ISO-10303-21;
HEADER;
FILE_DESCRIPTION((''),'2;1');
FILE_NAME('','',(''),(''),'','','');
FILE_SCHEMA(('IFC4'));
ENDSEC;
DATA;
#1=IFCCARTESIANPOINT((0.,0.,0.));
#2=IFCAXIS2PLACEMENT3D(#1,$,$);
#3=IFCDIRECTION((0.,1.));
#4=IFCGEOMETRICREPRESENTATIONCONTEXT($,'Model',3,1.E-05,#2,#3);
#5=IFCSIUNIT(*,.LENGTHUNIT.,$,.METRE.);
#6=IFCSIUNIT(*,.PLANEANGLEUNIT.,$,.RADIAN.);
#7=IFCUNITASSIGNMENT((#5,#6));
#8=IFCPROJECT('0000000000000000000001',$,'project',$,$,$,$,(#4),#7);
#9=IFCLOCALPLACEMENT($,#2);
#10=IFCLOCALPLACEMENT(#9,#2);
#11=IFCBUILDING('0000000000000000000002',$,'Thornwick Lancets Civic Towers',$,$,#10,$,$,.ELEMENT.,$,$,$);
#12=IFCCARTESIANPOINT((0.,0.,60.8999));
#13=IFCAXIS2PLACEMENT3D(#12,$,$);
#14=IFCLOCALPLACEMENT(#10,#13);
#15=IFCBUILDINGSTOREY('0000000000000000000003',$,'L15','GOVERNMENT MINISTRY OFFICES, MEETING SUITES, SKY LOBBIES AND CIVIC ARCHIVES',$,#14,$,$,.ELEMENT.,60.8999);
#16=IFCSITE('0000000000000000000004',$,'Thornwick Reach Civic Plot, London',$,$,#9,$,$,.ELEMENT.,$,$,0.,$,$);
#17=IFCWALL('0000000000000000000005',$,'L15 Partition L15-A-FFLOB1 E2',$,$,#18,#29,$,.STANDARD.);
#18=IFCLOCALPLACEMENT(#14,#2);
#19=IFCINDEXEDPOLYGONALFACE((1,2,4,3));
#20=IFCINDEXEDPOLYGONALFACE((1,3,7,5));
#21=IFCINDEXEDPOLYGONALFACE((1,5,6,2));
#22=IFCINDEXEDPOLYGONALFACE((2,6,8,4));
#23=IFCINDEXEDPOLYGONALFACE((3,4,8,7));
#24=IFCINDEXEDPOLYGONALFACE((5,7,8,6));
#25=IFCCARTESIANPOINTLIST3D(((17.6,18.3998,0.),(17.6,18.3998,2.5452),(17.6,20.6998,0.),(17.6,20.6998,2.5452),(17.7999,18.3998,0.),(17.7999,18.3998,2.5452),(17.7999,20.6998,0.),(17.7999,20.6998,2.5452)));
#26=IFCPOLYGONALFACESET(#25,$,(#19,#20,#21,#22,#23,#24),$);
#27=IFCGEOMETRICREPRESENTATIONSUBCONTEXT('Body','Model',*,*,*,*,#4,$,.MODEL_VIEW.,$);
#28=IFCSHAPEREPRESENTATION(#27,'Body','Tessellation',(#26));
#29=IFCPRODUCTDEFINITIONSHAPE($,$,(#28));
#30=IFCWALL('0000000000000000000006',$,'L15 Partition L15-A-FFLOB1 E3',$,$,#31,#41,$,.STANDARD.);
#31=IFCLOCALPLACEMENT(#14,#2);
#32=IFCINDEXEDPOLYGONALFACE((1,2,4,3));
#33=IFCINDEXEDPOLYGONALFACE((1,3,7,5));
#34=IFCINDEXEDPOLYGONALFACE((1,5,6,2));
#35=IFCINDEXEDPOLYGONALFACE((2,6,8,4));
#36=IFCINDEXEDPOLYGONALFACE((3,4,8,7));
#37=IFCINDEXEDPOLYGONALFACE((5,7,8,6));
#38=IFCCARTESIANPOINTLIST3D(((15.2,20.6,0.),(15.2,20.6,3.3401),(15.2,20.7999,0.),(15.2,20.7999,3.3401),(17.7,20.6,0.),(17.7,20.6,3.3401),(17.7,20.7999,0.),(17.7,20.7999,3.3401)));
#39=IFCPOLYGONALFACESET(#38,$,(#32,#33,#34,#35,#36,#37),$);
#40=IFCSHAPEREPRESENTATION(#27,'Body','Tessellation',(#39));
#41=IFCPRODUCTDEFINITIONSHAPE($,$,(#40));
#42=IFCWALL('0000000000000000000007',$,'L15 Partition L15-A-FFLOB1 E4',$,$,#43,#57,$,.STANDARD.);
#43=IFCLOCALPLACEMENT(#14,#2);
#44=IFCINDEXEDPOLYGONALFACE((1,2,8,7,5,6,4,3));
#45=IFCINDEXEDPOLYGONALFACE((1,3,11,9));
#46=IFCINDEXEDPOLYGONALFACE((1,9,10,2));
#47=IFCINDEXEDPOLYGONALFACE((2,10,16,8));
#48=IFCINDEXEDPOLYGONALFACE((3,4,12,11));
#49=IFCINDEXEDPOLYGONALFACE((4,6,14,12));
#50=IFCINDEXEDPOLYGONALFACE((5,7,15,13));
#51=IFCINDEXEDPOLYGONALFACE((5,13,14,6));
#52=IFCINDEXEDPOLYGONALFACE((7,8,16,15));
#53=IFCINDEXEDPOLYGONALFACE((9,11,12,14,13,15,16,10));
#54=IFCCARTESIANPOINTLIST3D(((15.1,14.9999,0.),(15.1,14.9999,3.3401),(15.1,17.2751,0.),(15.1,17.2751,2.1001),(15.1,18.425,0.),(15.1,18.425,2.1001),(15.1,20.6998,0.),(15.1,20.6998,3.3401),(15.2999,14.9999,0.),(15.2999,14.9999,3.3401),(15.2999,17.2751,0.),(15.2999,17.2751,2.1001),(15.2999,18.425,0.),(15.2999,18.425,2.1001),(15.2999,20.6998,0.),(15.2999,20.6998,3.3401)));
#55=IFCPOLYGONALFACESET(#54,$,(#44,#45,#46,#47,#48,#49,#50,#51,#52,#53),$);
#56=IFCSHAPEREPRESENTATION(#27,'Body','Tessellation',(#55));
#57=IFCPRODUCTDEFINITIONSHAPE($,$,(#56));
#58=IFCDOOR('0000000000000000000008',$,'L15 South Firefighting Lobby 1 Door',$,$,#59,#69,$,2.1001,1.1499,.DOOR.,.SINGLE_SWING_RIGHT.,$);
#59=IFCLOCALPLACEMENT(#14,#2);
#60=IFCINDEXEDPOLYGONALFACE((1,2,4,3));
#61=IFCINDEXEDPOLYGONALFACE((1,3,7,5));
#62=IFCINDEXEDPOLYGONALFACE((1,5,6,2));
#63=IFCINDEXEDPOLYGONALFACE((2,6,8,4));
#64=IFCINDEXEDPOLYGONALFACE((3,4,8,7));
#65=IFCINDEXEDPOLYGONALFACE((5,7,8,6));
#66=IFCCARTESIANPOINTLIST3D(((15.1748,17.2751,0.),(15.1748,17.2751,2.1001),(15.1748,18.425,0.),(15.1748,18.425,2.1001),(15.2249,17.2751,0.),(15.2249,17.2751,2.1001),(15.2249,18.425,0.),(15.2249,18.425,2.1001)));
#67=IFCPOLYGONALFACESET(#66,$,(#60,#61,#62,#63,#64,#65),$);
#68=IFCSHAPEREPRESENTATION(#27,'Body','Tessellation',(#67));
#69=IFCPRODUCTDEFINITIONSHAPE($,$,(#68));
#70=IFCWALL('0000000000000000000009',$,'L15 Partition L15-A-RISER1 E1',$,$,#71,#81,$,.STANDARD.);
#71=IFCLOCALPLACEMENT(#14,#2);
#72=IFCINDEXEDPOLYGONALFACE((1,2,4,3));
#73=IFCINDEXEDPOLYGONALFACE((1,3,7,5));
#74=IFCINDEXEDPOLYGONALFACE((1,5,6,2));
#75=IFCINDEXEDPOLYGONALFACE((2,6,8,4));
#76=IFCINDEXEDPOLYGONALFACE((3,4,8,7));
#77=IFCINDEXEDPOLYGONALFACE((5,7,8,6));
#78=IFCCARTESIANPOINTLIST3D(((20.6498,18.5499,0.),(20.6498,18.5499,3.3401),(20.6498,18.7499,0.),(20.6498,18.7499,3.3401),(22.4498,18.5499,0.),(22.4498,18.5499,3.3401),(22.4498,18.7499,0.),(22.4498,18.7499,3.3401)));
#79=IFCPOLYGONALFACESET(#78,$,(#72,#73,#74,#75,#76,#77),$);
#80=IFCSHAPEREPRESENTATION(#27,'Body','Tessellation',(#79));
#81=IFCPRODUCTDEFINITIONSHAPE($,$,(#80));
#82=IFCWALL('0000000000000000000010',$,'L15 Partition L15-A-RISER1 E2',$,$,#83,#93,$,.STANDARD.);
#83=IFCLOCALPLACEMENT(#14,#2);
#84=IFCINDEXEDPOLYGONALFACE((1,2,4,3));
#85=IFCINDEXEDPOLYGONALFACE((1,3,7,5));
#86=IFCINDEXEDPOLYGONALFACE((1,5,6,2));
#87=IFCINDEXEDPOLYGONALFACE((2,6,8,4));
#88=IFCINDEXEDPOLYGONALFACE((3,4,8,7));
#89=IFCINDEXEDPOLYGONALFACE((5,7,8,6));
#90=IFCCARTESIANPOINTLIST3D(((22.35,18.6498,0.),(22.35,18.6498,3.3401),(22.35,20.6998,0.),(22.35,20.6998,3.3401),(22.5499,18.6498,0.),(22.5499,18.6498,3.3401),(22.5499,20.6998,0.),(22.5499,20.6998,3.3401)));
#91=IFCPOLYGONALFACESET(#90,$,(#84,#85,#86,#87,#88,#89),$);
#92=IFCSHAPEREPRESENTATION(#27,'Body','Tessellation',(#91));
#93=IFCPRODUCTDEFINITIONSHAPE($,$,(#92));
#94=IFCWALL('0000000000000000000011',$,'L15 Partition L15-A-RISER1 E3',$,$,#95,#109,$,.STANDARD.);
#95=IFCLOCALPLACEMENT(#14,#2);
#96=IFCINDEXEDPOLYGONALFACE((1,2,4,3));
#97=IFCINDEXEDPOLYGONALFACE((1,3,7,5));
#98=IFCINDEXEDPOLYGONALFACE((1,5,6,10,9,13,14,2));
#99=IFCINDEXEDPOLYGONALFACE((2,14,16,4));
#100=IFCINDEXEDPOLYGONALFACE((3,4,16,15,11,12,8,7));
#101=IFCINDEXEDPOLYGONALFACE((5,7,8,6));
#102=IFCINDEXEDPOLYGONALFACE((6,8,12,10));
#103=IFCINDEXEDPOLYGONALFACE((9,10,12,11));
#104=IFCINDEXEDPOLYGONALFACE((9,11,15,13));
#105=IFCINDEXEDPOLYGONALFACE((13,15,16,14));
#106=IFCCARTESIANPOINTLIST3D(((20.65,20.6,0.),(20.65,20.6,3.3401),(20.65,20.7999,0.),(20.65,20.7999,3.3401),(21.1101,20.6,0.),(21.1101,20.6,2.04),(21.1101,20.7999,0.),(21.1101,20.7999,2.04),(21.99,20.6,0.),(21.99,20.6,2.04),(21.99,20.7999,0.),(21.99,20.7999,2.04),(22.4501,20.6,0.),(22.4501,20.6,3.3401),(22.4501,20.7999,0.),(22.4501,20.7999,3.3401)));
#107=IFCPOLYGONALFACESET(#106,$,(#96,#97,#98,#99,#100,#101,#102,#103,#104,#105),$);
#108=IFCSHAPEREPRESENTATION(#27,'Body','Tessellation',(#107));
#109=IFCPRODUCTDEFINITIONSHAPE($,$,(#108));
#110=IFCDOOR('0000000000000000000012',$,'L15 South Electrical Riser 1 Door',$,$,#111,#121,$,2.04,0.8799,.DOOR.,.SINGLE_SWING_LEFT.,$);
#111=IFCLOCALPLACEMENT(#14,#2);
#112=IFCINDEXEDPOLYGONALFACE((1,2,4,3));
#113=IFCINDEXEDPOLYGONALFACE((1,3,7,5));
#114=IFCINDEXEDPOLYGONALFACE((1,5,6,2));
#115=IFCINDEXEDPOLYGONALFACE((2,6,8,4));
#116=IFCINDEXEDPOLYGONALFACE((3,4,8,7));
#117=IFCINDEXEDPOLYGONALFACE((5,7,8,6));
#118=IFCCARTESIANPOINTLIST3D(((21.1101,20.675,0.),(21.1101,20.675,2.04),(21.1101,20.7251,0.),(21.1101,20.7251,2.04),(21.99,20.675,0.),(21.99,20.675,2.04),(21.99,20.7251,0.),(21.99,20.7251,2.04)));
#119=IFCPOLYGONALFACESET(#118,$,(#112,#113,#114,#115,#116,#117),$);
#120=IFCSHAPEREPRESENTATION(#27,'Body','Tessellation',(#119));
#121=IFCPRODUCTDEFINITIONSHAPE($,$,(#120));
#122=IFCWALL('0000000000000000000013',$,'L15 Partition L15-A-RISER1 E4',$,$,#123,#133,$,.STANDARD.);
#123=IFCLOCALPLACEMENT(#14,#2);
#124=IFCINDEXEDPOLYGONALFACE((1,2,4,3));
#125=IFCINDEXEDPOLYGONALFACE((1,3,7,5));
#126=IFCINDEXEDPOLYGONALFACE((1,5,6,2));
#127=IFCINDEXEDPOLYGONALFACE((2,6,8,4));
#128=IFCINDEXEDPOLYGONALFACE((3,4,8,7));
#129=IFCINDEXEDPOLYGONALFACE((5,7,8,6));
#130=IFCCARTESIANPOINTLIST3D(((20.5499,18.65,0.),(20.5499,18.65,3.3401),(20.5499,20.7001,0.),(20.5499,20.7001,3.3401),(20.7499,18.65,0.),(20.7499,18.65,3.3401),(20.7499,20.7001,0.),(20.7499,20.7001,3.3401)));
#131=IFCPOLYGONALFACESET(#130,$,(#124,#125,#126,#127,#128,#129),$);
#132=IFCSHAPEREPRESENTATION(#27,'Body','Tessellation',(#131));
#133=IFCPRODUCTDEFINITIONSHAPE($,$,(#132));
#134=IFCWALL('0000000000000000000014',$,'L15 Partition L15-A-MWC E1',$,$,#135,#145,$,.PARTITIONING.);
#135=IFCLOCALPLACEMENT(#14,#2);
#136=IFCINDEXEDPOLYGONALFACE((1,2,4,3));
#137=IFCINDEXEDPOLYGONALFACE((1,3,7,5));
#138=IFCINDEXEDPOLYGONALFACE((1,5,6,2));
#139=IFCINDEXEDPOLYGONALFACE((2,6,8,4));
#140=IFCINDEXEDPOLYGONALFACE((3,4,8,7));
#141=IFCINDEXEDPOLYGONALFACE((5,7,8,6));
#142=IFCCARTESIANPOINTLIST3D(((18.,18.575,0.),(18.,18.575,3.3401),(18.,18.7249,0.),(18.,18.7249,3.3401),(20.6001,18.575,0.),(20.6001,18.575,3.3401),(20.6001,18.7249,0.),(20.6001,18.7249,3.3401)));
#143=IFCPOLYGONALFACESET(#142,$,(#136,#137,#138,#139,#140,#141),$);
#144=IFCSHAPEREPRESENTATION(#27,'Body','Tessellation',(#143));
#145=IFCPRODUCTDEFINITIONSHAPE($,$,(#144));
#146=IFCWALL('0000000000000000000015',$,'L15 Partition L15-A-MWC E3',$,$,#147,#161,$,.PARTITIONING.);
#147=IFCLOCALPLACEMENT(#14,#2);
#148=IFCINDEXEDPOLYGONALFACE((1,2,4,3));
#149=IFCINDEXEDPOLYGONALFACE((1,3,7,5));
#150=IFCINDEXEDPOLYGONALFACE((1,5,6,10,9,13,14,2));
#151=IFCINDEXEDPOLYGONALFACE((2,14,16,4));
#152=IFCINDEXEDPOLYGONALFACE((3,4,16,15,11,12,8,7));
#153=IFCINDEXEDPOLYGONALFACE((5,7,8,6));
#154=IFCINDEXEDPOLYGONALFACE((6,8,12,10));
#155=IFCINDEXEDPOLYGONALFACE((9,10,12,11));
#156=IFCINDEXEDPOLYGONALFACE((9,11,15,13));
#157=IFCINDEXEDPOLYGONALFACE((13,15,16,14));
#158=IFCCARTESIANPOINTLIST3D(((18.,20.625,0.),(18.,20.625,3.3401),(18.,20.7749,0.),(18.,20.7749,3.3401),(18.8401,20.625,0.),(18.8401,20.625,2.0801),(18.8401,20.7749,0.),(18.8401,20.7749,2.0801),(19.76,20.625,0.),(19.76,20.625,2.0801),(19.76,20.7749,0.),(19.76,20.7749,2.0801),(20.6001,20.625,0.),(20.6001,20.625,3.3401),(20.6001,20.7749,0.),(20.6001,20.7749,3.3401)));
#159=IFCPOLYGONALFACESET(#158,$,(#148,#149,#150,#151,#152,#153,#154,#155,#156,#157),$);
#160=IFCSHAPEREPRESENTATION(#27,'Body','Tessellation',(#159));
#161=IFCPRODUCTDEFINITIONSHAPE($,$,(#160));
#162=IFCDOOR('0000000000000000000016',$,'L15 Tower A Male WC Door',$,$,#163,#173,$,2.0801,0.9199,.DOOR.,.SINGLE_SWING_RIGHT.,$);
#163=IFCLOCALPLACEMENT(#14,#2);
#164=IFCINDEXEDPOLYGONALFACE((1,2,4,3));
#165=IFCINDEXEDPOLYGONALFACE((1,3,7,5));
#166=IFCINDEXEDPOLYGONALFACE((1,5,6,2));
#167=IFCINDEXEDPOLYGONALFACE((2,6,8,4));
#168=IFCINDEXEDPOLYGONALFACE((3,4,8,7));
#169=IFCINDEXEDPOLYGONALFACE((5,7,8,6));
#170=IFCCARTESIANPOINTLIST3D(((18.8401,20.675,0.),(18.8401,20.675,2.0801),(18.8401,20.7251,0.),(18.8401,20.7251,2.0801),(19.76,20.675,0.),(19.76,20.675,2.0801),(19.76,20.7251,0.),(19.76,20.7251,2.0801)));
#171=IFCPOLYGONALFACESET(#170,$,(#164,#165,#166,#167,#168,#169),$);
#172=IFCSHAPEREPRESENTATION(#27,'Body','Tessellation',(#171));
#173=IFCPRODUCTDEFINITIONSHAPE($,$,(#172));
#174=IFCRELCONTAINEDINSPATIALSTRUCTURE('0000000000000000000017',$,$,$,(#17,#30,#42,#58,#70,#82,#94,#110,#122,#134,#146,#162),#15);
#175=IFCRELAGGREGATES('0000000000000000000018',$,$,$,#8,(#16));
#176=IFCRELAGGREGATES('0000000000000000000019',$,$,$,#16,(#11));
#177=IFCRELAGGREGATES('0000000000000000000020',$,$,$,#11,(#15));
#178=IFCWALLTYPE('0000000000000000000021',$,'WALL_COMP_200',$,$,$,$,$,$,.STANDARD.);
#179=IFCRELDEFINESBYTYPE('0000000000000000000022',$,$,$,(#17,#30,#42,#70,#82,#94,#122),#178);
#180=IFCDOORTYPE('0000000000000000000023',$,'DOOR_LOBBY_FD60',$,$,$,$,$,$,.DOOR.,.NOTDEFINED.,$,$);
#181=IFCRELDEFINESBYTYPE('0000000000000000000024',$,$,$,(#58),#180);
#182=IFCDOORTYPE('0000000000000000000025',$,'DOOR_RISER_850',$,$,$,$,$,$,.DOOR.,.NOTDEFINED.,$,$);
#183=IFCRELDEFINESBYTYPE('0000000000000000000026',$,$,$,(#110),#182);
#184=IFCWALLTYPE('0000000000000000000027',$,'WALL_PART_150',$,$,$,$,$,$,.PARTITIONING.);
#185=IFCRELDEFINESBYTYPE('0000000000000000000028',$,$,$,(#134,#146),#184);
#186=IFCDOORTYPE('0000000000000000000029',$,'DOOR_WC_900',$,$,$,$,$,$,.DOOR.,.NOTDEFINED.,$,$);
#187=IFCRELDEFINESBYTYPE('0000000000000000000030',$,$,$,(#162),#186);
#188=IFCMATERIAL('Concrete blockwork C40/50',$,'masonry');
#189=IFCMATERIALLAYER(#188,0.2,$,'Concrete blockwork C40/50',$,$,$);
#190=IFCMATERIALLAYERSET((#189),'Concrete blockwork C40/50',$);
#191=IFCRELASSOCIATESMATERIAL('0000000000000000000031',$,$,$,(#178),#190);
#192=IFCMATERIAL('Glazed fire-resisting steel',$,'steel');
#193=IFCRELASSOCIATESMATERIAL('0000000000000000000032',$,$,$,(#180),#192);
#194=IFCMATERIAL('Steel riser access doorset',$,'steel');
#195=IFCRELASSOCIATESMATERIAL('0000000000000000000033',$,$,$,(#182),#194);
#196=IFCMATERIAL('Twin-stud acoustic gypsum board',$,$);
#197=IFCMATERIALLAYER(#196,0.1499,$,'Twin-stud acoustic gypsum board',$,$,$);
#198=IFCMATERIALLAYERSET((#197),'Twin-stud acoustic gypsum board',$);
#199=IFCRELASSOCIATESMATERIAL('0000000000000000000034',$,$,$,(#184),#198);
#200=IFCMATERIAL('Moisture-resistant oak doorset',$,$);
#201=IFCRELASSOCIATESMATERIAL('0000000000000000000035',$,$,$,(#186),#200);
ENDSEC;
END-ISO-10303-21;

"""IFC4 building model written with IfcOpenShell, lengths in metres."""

from ifc_helpers import new_model, si_unit, direction, frame, frame_2d, origin, place, context, subcontext, project, spatial, rectangle, extrude, material, layer, layer_set, type_object, element, fill, save


model = new_model("IFC4")

# Units and contexts
model_context = context("Model", 3, precision=1e-05, world=origin(), true_north=direction((0.0, 1.0)))
body_context = subcontext(model_context, "Body", "Model", "MODEL_VIEW")
ifc_project = project(units=[si_unit("LENGTHUNIT", "METRE"), si_unit("PLANEANGLEUNIT", "RADIAN")], contexts=[model_context])

# Site, building, storey
site_placement = place(None, origin())
site = spatial("IfcSite", under=ifc_project, at=site_placement, Name="Thornwick Reach Civic Plot, London", CompositionType="ELEMENT", RefElevation=0.0)
building_placement = place(site_placement, origin())
building = spatial("IfcBuilding", under=site, at=building_placement, Name="Thornwick Lancets Civic Towers", CompositionType="ELEMENT")
storey_placement = place(building_placement, frame((0.0, 0.0, 60.8999)))
storey = spatial("IfcBuildingStorey", under=building, at=storey_placement, Name="L15", Description="GOVERNMENT MINISTRY OFFICES, MEETING SUITES, SKY LOBBIES AND CIVIC ARCHIVES", CompositionType="ELEMENT", Elevation=60.8999)

# Walls
ifc_material_1 = material(Name="Concrete blockwork C40/50", Category="masonry")
ifc_layer_1 = layer(ifc_material_1, 0.2, Name="Concrete blockwork C40/50")
ifc_layer_set_1 = layer_set([ifc_layer_1], Name="Concrete blockwork C40/50")
wall_type_1 = type_object("IfcWallType", Name="WALL_COMP_200", PredefinedType="STANDARD", material=ifc_layer_set_1)
wall_1_placement = place(storey_placement, frame((17.7, 18.3999, 0.0), z_axis=(0.0, 0.0, 1.0), x_axis=(0.0, 1.0, 0.0)))
element("IfcWall", 1, at=wall_1_placement, inside=storey, type_object=wall_type_1, Name="L15 Partition L15-A-FFLOB1 E2", PredefinedType="STANDARD", context=body_context, shape_type="SweptSolid", body=[
    extrude(rectangle(XDim=2.3, YDim=0.2, at=frame_2d((1.1499, 0.0))), origin(), (0.0, 0.0, 1.0), 2.5452),
])
wall_2_placement = place(storey_placement, frame((17.7, 20.7, 0.0), z_axis=(0.0, 0.0, 1.0), x_axis=(-1.0, 0.0, 0.0)))
element("IfcWall", 2, at=wall_2_placement, inside=storey, type_object=wall_type_1, Name="L15 Partition L15-A-FFLOB1 E3", PredefinedType="STANDARD", context=body_context, shape_type="SweptSolid", body=[
    extrude(rectangle(XDim=2.5, YDim=0.2, at=frame_2d((1.25, 0.0))), origin(), (0.0, 0.0, 1.0), 3.3401),
])

# Wall, opening, door
wall_3_placement = place(storey_placement, frame((15.2, 20.7, 0.0), z_axis=(0.0, 0.0, 1.0), x_axis=(0.0, -1.0, 0.0)))
wall_3 = element("IfcWall", 3, at=wall_3_placement, inside=storey, type_object=wall_type_1, Name="L15 Partition L15-A-FFLOB1 E4", PredefinedType="STANDARD", context=body_context, shape_type="SweptSolid", body=[
    extrude(rectangle(XDim=5.7, YDim=0.2, at=frame_2d((2.8501, 0.0))), origin(), (0.0, 0.0, 1.0), 3.3401),
])
opening_1_placement = place(wall_3_placement, frame((2.2749, 0.0, 0.0)))
opening_1 = element("IfcOpeningElement", 4, at=opening_1_placement, cuts=wall_3, PredefinedType="OPENING", context=body_context, shape_type="SweptSolid", body=[
    extrude(rectangle(XDim=1.1499, YDim=2.1001, at=frame_2d((0.575, 1.05))), frame((0.0, 0.1099, 0.0), z_axis=(0.0, -1.0, 0.0), x_axis=(1.0, 0.0, 0.0)), (0.0, 0.0, 1.0), 0.22),
])
ifc_material_2 = material(Name="Glazed fire-resisting steel", Category="steel")
door_type_1 = type_object("IfcDoorType", Name="DOOR_LOBBY_FD60", OperationType="NOTDEFINED", PredefinedType="DOOR", material=ifc_material_2)
door_1_placement = place(opening_1_placement, origin())
door_1 = element("IfcDoor", 5, at=door_1_placement, inside=storey, type_object=door_type_1, Name="L15 South Firefighting Lobby 1 Door", OperationType="SINGLE_SWING_RIGHT", OverallHeight=2.1001, OverallWidth=1.1499, PredefinedType="DOOR", context=body_context, shape_type="SweptSolid", body=[
    extrude(rectangle(XDim=1.1499, YDim=2.1001, at=frame_2d((0.575, 1.05))), frame((0.0, 0.0249, 0.0), z_axis=(0.0, -1.0, 0.0), x_axis=(1.0, 0.0, 0.0)), (0.0, 0.0, 1.0), 0.05),
])
fill(opening_1, door_1)

# Walls
wall_4_placement = place(storey_placement, frame((20.6499, 18.6499, 0.0), z_axis=(0.0, 0.0, 1.0), x_axis=(1.0, 0.0, 0.0)))
element("IfcWall", 6, at=wall_4_placement, inside=storey, type_object=wall_type_1, Name="L15 Partition L15-A-RISER1 E1", PredefinedType="STANDARD", context=body_context, shape_type="SweptSolid", body=[
    extrude(rectangle(XDim=1.8, YDim=0.2, at=frame_2d((0.8999, 0.0))), origin(), (0.0, 0.0, 1.0), 3.3401),
])
wall_5_placement = place(storey_placement, frame((22.45, 18.6499, 0.0), z_axis=(0.0, 0.0, 1.0), x_axis=(0.0, 1.0, 0.0)))
element("IfcWall", 7, at=wall_5_placement, inside=storey, type_object=wall_type_1, Name="L15 Partition L15-A-RISER1 E2", PredefinedType="STANDARD", context=body_context, shape_type="SweptSolid", body=[
    extrude(rectangle(XDim=2.05, YDim=0.2, at=frame_2d((1.0249, 0.0))), origin(), (0.0, 0.0, 1.0), 3.3401),
])

# Wall, opening, door
wall_6_placement = place(storey_placement, frame((22.45, 20.7, 0.0), z_axis=(0.0, 0.0, 1.0), x_axis=(-1.0, 0.0, 0.0)))
wall_6 = element("IfcWall", 8, at=wall_6_placement, inside=storey, type_object=wall_type_1, Name="L15 Partition L15-A-RISER1 E3", PredefinedType="STANDARD", context=body_context, shape_type="SweptSolid", body=[
    extrude(rectangle(XDim=1.8, YDim=0.2, at=frame_2d((0.8999, 0.0))), origin(), (0.0, 0.0, 1.0), 3.3401),
])
opening_2_placement = place(wall_6_placement, frame((0.46, 0.0, 0.0)))
opening_2 = element("IfcOpeningElement", 9, at=opening_2_placement, cuts=wall_6, PredefinedType="OPENING", context=body_context, shape_type="SweptSolid", body=[
    extrude(rectangle(XDim=0.8799, YDim=2.04, at=frame_2d((0.4399, 1.02))), frame((0.0, 0.1099, 0.0), z_axis=(0.0, -1.0, 0.0), x_axis=(1.0, 0.0, 0.0)), (0.0, 0.0, 1.0), 0.22),
])
ifc_material_3 = material(Name="Steel riser access doorset", Category="steel")
door_type_2 = type_object("IfcDoorType", Name="DOOR_RISER_850", OperationType="NOTDEFINED", PredefinedType="DOOR", material=ifc_material_3)
door_2_placement = place(opening_2_placement, origin())
door_2 = element("IfcDoor", 10, at=door_2_placement, inside=storey, type_object=door_type_2, Name="L15 South Electrical Riser 1 Door", OperationType="SINGLE_SWING_LEFT", OverallHeight=2.04, OverallWidth=0.8799, PredefinedType="DOOR", context=body_context, shape_type="SweptSolid", body=[
    extrude(rectangle(XDim=0.8799, YDim=2.04, at=frame_2d((0.4399, 1.02))), frame((0.0, 0.0249, 0.0), z_axis=(0.0, -1.0, 0.0), x_axis=(1.0, 0.0, 0.0)), (0.0, 0.0, 1.0), 0.05),
])
fill(opening_2, door_2)

# Walls
wall_7_placement = place(storey_placement, frame((20.6499, 20.7, 0.0), z_axis=(0.0, 0.0, 1.0), x_axis=(0.0, -1.0, 0.0)))
element("IfcWall", 11, at=wall_7_placement, inside=storey, type_object=wall_type_1, Name="L15 Partition L15-A-RISER1 E4", PredefinedType="STANDARD", context=body_context, shape_type="SweptSolid", body=[
    extrude(rectangle(XDim=2.05, YDim=0.2, at=frame_2d((1.0249, 0.0))), origin(), (0.0, 0.0, 1.0), 3.3401),
])
ifc_material_4 = material(Name="Twin-stud acoustic gypsum board")
ifc_layer_2 = layer(ifc_material_4, 0.1499, Name="Twin-stud acoustic gypsum board")
ifc_layer_set_2 = layer_set([ifc_layer_2], Name="Twin-stud acoustic gypsum board")
wall_type_2 = type_object("IfcWallType", Name="WALL_PART_150", PredefinedType="PARTITIONING", material=ifc_layer_set_2)
wall_8_placement = place(storey_placement, frame((18.0, 18.6499, 0.0), z_axis=(0.0, 0.0, 1.0), x_axis=(1.0, 0.0, 0.0)))
element("IfcWall", 12, at=wall_8_placement, inside=storey, type_object=wall_type_2, Name="L15 Partition L15-A-MWC E1", PredefinedType="PARTITIONING", context=body_context, shape_type="SweptSolid", body=[
    extrude(rectangle(XDim=2.6001, YDim=0.1499, at=frame_2d((1.3, 0.0))), origin(), (0.0, 0.0, 1.0), 3.3401),
])

# Wall, opening, door
wall_9_placement = place(storey_placement, frame((20.6001, 20.7, 0.0), z_axis=(0.0, 0.0, 1.0), x_axis=(-1.0, 0.0, 0.0)))
wall_9 = element("IfcWall", 13, at=wall_9_placement, inside=storey, type_object=wall_type_2, Name="L15 Partition L15-A-MWC E3", PredefinedType="PARTITIONING", context=body_context, shape_type="SweptSolid", body=[
    extrude(rectangle(XDim=2.6001, YDim=0.1499, at=frame_2d((1.3, 0.0))), origin(), (0.0, 0.0, 1.0), 3.3401),
])
opening_3_placement = place(wall_9_placement, frame((0.8401, 0.0, 0.0)))
opening_3 = element("IfcOpeningElement", 14, at=opening_3_placement, cuts=wall_9, PredefinedType="OPENING", context=body_context, shape_type="SweptSolid", body=[
    extrude(rectangle(XDim=0.9199, YDim=2.0801, at=frame_2d((0.46, 1.04))), frame((0.0, 0.085, 0.0), z_axis=(0.0, -1.0, 0.0), x_axis=(1.0, 0.0, 0.0)), (0.0, 0.0, 1.0), 0.1699),
])
ifc_material_5 = material(Name="Moisture-resistant oak doorset")
door_type_3 = type_object("IfcDoorType", Name="DOOR_WC_900", OperationType="NOTDEFINED", PredefinedType="DOOR", material=ifc_material_5)
door_3_placement = place(opening_3_placement, origin())
door_3 = element("IfcDoor", 15, at=door_3_placement, inside=storey, type_object=door_type_3, Name="L15 Tower A Male WC Door", OperationType="SINGLE_SWING_RIGHT", OverallHeight=2.0801, OverallWidth=0.9199, PredefinedType="DOOR", context=body_context, shape_type="SweptSolid", body=[
    extrude(rectangle(XDim=0.9199, YDim=2.0801, at=frame_2d((0.46, 1.04))), frame((0.0, 0.0249, 0.0), z_axis=(0.0, -1.0, 0.0), x_axis=(1.0, 0.0, 0.0)), (0.0, 0.0, 1.0), 0.05),
])
fill(opening_3, door_3)

save(model, "model.ifc")
